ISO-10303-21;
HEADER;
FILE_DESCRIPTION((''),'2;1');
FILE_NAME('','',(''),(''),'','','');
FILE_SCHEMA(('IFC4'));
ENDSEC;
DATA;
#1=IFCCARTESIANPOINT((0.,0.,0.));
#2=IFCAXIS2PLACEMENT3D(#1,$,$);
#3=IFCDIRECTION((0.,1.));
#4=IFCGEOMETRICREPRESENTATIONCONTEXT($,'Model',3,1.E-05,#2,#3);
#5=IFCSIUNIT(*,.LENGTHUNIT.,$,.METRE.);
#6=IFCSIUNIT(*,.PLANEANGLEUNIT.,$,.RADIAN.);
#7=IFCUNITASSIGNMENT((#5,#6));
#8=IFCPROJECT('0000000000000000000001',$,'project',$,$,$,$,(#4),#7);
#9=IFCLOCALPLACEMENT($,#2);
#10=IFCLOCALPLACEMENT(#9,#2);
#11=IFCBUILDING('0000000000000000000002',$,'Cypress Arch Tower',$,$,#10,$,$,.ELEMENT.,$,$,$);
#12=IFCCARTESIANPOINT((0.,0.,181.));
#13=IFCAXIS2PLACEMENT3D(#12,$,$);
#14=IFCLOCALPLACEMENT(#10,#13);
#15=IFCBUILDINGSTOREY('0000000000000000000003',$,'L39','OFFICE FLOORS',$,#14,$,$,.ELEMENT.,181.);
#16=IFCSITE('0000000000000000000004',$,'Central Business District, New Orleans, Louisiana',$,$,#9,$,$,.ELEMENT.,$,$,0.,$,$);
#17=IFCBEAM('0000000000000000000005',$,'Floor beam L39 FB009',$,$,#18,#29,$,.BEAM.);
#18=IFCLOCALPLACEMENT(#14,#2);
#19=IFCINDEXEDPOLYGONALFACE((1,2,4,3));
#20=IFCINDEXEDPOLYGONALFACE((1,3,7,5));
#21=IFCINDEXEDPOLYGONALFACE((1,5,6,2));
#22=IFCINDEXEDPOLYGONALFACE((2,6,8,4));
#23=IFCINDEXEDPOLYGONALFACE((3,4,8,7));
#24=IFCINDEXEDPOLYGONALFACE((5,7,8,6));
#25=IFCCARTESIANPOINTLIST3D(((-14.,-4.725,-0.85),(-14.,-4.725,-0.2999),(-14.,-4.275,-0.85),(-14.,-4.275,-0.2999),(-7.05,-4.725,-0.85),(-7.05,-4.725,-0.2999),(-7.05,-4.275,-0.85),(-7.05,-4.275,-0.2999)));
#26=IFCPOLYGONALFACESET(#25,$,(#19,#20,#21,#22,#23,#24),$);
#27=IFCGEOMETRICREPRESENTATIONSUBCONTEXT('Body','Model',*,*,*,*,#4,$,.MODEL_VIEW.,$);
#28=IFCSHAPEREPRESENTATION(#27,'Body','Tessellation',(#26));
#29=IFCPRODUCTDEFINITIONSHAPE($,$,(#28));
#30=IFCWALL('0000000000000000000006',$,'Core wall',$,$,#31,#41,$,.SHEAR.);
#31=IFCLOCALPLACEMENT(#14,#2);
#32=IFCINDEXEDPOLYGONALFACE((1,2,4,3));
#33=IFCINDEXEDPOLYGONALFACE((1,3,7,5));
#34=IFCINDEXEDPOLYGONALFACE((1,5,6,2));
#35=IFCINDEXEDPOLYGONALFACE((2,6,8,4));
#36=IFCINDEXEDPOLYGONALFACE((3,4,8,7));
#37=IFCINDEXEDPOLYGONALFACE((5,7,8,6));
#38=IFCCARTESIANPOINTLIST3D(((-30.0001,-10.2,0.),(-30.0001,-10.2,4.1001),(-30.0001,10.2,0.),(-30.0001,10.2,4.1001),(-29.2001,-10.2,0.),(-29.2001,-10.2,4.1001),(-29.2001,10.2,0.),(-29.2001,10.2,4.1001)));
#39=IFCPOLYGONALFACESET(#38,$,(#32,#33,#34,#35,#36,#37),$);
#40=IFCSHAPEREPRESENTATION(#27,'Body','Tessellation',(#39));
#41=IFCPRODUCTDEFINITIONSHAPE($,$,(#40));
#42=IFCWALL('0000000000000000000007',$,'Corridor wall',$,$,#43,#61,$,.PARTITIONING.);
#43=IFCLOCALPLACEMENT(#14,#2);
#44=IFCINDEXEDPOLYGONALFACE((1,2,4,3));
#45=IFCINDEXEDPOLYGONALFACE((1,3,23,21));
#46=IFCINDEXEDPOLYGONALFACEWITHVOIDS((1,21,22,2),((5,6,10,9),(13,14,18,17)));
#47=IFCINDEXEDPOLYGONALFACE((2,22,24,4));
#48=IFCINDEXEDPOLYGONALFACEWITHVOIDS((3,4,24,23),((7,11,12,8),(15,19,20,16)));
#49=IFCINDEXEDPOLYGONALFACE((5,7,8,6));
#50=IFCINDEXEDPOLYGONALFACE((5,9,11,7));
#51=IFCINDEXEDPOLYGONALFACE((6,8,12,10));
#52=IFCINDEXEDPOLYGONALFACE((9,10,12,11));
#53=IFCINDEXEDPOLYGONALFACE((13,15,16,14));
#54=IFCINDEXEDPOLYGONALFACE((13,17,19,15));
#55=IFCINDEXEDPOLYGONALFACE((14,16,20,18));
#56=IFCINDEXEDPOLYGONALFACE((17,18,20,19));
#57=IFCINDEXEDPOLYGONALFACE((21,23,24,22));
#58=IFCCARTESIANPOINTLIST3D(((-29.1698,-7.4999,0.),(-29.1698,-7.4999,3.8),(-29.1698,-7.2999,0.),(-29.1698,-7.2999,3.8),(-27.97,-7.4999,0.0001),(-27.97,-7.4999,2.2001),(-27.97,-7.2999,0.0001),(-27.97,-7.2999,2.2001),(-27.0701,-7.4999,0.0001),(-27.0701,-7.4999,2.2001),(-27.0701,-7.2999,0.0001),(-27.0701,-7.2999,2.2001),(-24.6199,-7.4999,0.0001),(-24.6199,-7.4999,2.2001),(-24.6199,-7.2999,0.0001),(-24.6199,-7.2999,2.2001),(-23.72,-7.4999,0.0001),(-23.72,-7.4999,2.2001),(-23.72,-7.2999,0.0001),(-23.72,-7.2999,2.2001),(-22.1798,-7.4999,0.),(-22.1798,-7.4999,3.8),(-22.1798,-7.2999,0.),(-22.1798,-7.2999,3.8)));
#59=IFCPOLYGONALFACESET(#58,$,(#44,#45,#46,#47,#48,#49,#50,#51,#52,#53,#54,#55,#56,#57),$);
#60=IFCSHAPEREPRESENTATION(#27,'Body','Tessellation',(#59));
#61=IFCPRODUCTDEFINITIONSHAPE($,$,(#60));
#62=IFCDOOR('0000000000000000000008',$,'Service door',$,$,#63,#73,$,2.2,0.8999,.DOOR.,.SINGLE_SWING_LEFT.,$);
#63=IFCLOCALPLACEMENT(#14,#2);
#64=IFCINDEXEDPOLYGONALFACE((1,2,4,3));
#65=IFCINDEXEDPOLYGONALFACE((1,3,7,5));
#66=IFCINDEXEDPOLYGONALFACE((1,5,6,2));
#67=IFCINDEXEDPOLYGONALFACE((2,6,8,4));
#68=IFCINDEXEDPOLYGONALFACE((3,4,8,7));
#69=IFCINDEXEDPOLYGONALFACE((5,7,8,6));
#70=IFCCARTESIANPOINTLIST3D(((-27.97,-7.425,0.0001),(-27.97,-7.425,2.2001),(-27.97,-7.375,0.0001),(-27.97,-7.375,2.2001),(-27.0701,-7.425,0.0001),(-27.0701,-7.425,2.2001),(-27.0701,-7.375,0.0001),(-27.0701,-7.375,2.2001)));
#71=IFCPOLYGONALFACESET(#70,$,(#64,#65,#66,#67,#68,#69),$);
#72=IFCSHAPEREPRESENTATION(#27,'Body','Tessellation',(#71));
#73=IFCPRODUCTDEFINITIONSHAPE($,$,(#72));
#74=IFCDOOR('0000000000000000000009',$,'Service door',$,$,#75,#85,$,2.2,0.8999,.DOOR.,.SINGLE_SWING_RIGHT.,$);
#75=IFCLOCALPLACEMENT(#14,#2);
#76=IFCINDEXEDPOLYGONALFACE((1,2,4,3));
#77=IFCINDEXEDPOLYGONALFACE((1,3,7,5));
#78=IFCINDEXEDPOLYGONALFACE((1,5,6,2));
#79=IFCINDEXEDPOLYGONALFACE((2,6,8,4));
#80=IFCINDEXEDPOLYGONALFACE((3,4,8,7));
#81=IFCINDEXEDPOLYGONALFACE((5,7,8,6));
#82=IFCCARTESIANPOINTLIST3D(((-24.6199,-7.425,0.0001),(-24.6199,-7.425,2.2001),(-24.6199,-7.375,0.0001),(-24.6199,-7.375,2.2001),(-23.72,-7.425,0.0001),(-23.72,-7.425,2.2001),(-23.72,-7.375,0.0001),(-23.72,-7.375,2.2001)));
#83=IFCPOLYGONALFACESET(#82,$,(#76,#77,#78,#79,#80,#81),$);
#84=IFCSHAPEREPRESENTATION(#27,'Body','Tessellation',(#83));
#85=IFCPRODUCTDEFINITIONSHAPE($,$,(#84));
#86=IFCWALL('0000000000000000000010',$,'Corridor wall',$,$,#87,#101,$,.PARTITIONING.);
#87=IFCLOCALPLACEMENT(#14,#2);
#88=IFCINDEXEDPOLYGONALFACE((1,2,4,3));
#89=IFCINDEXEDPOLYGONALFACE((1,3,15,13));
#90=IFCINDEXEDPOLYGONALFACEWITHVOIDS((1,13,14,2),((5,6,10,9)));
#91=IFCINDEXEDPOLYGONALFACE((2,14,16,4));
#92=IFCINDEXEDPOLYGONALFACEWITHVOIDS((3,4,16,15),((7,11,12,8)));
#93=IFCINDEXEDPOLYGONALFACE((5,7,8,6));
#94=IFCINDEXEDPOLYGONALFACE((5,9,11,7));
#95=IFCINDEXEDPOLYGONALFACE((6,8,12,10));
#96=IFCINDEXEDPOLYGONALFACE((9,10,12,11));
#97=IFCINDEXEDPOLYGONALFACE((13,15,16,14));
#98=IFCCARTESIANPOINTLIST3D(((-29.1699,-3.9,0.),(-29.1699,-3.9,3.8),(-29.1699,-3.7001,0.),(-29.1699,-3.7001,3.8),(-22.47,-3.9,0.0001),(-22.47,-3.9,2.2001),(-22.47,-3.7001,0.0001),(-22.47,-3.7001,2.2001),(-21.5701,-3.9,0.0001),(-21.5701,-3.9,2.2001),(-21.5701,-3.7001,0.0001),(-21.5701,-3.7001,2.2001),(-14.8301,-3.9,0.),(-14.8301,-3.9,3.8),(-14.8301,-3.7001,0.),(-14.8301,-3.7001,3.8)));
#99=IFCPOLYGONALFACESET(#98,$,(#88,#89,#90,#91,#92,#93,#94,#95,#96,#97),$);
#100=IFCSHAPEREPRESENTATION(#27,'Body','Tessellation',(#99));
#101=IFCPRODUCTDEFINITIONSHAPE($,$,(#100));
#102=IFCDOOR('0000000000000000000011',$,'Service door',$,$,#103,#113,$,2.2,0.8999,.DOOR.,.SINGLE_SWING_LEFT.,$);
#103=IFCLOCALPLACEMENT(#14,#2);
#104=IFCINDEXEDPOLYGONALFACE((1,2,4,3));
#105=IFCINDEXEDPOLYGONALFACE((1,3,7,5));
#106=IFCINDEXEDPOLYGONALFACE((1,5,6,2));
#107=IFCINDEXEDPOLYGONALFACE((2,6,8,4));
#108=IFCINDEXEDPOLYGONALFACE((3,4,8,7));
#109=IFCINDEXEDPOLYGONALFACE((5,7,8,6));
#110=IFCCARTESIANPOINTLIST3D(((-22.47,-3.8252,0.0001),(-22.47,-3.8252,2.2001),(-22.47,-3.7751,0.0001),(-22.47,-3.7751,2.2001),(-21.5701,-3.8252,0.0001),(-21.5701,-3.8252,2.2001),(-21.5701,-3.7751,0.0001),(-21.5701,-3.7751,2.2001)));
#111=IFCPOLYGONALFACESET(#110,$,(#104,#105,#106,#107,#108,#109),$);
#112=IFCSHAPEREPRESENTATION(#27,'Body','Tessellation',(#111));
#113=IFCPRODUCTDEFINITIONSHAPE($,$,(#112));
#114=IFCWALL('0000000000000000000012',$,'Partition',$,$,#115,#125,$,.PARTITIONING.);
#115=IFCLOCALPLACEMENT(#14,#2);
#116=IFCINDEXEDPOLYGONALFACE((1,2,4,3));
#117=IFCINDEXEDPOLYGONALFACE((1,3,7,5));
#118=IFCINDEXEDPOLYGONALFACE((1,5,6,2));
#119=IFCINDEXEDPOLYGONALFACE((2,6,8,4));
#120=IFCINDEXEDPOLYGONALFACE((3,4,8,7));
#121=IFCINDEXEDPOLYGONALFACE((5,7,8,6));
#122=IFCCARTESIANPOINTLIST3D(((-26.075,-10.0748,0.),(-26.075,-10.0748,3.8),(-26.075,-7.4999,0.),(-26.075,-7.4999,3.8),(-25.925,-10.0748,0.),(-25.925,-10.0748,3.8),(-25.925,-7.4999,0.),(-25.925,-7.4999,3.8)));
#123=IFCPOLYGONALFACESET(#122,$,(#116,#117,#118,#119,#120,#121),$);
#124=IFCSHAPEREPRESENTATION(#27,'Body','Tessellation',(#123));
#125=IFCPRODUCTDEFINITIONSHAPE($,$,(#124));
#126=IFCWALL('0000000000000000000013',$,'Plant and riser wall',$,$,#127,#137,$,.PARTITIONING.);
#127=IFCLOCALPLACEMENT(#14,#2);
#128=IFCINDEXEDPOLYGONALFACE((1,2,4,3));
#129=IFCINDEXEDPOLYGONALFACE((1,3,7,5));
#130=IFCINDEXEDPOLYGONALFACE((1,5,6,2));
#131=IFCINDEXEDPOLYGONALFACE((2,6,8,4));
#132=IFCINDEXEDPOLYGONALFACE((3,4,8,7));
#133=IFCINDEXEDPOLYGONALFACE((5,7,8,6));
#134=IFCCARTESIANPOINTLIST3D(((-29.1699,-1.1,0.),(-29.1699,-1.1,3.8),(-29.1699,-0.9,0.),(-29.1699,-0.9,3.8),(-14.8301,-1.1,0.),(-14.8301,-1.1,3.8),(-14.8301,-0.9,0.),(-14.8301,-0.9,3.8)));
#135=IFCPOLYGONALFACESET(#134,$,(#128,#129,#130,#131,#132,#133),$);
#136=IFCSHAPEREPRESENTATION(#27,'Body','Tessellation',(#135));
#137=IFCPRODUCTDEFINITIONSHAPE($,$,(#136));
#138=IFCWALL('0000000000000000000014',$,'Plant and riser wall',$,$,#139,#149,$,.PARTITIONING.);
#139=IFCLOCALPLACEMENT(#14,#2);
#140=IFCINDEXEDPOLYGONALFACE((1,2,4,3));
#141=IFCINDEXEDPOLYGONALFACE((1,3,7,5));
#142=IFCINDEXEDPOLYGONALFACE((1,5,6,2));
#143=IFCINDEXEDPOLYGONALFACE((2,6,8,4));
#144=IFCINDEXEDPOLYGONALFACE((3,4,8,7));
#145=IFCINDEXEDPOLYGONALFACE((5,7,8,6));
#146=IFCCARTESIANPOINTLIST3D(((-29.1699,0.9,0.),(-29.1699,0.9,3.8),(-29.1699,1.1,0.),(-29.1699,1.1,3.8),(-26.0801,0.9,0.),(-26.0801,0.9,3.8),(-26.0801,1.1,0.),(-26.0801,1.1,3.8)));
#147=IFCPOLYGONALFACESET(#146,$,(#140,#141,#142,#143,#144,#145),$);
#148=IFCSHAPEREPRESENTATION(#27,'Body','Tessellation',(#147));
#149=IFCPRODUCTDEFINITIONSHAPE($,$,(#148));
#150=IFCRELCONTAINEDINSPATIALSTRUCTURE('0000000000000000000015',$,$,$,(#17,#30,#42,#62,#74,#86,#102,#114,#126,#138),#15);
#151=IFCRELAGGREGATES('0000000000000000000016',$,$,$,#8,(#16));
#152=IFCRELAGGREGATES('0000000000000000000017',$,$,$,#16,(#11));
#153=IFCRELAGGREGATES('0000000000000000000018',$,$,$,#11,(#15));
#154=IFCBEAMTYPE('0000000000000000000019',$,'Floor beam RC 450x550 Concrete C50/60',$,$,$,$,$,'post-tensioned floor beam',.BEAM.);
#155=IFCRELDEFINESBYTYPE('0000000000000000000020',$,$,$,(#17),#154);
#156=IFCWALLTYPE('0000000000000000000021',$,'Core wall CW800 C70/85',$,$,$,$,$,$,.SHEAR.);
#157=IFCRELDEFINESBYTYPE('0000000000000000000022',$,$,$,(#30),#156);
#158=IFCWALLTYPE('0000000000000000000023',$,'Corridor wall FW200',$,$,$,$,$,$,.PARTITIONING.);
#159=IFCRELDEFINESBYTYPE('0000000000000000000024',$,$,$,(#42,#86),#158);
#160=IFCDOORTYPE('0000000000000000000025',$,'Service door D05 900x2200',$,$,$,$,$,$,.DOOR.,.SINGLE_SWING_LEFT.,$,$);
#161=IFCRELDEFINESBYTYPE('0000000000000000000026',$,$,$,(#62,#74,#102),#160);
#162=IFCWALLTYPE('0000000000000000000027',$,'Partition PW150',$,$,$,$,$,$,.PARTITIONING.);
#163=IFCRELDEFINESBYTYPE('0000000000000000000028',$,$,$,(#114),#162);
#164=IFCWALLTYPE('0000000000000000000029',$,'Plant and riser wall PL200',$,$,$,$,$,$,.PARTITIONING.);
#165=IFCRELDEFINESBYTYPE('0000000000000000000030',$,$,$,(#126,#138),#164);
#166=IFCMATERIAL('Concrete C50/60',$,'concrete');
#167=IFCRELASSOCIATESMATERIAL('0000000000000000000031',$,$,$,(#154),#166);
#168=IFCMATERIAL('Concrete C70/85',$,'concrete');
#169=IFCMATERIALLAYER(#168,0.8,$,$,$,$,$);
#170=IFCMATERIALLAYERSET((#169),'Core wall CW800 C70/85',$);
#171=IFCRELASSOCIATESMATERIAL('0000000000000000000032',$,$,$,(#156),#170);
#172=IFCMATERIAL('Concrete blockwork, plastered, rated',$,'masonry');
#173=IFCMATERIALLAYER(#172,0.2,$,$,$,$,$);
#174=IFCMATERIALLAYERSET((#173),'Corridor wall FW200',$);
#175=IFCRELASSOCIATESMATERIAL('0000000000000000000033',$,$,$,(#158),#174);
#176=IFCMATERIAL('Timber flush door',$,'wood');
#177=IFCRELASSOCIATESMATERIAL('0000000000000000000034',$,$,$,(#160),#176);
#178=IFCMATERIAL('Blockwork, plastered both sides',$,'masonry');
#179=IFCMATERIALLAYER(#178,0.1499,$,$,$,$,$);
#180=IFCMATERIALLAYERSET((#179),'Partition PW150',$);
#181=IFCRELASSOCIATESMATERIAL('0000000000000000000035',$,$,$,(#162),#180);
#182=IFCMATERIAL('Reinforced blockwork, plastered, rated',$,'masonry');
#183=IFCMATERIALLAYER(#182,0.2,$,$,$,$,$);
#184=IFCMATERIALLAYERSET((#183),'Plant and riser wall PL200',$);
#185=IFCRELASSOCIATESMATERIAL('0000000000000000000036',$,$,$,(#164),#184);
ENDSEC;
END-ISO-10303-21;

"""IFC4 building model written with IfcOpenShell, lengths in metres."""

from ifc_helpers import new_model, si_unit, direction, frame, frame_2d, origin, origin_2d, place, context, subcontext, project, spatial, rectangle, extrude, material, layer, layer_set, material_profile, profile_set, type_object, element, fill, save


model = new_model("IFC4")

# Units and contexts
model_context = context("Model", 3, precision=1e-05, world=origin(), true_north=direction((0.0, 1.0)))
body_context = subcontext(model_context, "Body", "Model", "MODEL_VIEW")
ifc_project = project(units=[si_unit("LENGTHUNIT", "METRE"), si_unit("PLANEANGLEUNIT", "RADIAN")], contexts=[model_context])

# Site, building, storey
site_placement = place(None, origin())
site = spatial("IfcSite", under=ifc_project, at=site_placement, Name="Central Business District, New Orleans, Louisiana", CompositionType="ELEMENT", RefElevation=0.0)
building_placement = place(site_placement, origin())
building = spatial("IfcBuilding", under=site, at=building_placement, Name="Cypress Arch Tower", CompositionType="ELEMENT")
storey_placement = place(building_placement, frame((0.0, 0.0, 181.0)))
storey = spatial("IfcBuildingStorey", under=building, at=storey_placement, Name="L39", Description="OFFICE FLOORS", CompositionType="ELEMENT", Elevation=181.0)

# Beam
ifc_material_1 = material(Name="Concrete C50/60", Category="concrete")
ifc_material_profile = material_profile(ifc_material_1, rectangle(XDim=0.45, YDim=0.55, at=origin_2d()), Name="RC 450x550")
ifc_profile_set = profile_set([ifc_material_profile], Name="Concrete C50/60")
beam_type = type_object("IfcBeamType", Name="Floor beam RC 450x550 Concrete C50/60", ElementType="post-tensioned floor beam", PredefinedType="BEAM", material=ifc_profile_set)
beam_placement = place(storey_placement, frame((-14.0, -4.5, -0.575), z_axis=(1.0, 0.0, 0.0), x_axis=(0.0, 1.0, 0.0)))
element("IfcBeam", 1, at=beam_placement, inside=storey, type_object=beam_type, Name="Floor beam L39 FB009", PredefinedType="BEAM", context=body_context, shape_type="SweptSolid", body=[
    extrude(rectangle(XDim=0.45, YDim=0.55, at=origin_2d()), origin(), (0.0, 0.0, 1.0), 6.95),
])

# Wall
ifc_material_2 = material(Name="Concrete C70/85", Category="concrete")
ifc_layer_1 = layer(ifc_material_2, 0.8)
ifc_layer_set_1 = layer_set([ifc_layer_1], Name="Core wall CW800 C70/85")
wall_type_1 = type_object("IfcWallType", Name="Core wall CW800 C70/85", PredefinedType="SHEAR", material=ifc_layer_set_1)
wall_1_placement = place(storey_placement, frame((-29.6001, -10.2, 0.0), z_axis=(0.0, 0.0, 1.0), x_axis=(0.0, 1.0, 0.0)))
element("IfcWall", 2, at=wall_1_placement, inside=storey, type_object=wall_type_1, Name="Core wall", PredefinedType="SHEAR", context=body_context, shape_type="SweptSolid", body=[
    extrude(rectangle(XDim=20.3999, YDim=0.8, at=frame_2d((10.2, 0.0))), origin(), (0.0, 0.0, 1.0), 4.1001),
])

# Wall, openings, doors
ifc_material_3 = material(Name="Concrete blockwork, plastered, rated", Category="masonry")
ifc_layer_2 = layer(ifc_material_3, 0.2)
ifc_layer_set_2 = layer_set([ifc_layer_2], Name="Corridor wall FW200")
wall_type_2 = type_object("IfcWallType", Name="Corridor wall FW200", PredefinedType="PARTITIONING", material=ifc_layer_set_2)
wall_2_placement = place(storey_placement, frame((-29.1699, -7.3999, 0.0), z_axis=(0.0, 0.0, 1.0), x_axis=(1.0, 0.0, 0.0)))
wall_2 = element("IfcWall", 3, at=wall_2_placement, inside=storey, type_object=wall_type_2, Name="Corridor wall", PredefinedType="PARTITIONING", context=body_context, shape_type="SweptSolid", body=[
    extrude(rectangle(XDim=6.99, YDim=0.2, at=frame_2d((3.4951, 0.0))), origin(), (0.0, 0.0, 1.0), 3.8),
])
opening_1_placement = place(wall_2_placement, frame((1.2, 0.0, 0.0)))
opening_1 = element("IfcOpeningElement", 4, at=opening_1_placement, cuts=wall_2, PredefinedType="OPENING", context=body_context, shape_type="SweptSolid", body=[
    extrude(rectangle(XDim=0.8999, YDim=2.2, at=frame_2d((0.45, 1.1001))), frame((0.0, 0.1099, 0.0), z_axis=(0.0, -1.0, 0.0), x_axis=(1.0, 0.0, 0.0)), (0.0, 0.0, 1.0), 0.22),
])
opening_2_placement = place(wall_2_placement, frame((4.55, 0.0, 0.0)))
opening_2 = element("IfcOpeningElement", 5, at=opening_2_placement, cuts=wall_2, PredefinedType="OPENING", context=body_context, shape_type="SweptSolid", body=[
    extrude(rectangle(XDim=0.8999, YDim=2.2, at=frame_2d((0.45, 1.1001))), frame((0.0, 0.1099, 0.0), z_axis=(0.0, -1.0, 0.0), x_axis=(1.0, 0.0, 0.0)), (0.0, 0.0, 1.0), 0.22),
])
ifc_material_4 = material(Name="Timber flush door", Category="wood")
door_type_1 = type_object("IfcDoorType", Name="Service door D05 900x2200", OperationType="SINGLE_SWING_LEFT", PredefinedType="DOOR", material=ifc_material_4)
door_1_placement = place(opening_1_placement, origin())
door_1 = element("IfcDoor", 6, at=door_1_placement, inside=storey, type_object=door_type_1, Name="Service door", OperationType="SINGLE_SWING_LEFT", OverallHeight=2.2, OverallWidth=0.8999, PredefinedType="DOOR", context=body_context, shape_type="SweptSolid", body=[
    extrude(rectangle(XDim=0.8999, YDim=2.2, at=frame_2d((0.45, 1.1001))), frame((0.0, 0.0249, 0.0), z_axis=(0.0, -1.0, 0.0), x_axis=(1.0, 0.0, 0.0)), (0.0, 0.0, 1.0), 0.05),
])
fill(opening_1, door_1)
door_2_placement = place(opening_2_placement, origin())
door_2 = element("IfcDoor", 7, at=door_2_placement, inside=storey, type_object=door_type_1, Name="Service door", OperationType="SINGLE_SWING_RIGHT", OverallHeight=2.2, OverallWidth=0.8999, PredefinedType="DOOR", context=body_context, shape_type="SweptSolid", body=[
    extrude(rectangle(XDim=0.8999, YDim=2.2, at=frame_2d((0.45, 1.1001))), frame((0.0, 0.0249, 0.0), z_axis=(0.0, -1.0, 0.0), x_axis=(1.0, 0.0, 0.0)), (0.0, 0.0, 1.0), 0.05),
])
fill(opening_2, door_2)

# Wall, opening, door
wall_3_placement = place(storey_placement, frame((-29.1699, -3.8, 0.0), z_axis=(0.0, 0.0, 1.0), x_axis=(1.0, 0.0, 0.0)))
wall_3 = element("IfcWall", 8, at=wall_3_placement, inside=storey, type_object=wall_type_2, Name="Corridor wall", PredefinedType="PARTITIONING", context=body_context, shape_type="SweptSolid", body=[
    extrude(rectangle(XDim=14.3398, YDim=0.2, at=frame_2d((7.1699, 0.0))), origin(), (0.0, 0.0, 1.0), 3.8),
])
opening_3_placement = place(wall_3_placement, frame((6.7, 0.0, 0.0)))
opening_3 = element("IfcOpeningElement", 9, at=opening_3_placement, cuts=wall_3, PredefinedType="OPENING", context=body_context, shape_type="SweptSolid", body=[
    extrude(rectangle(XDim=0.8999, YDim=2.2, at=frame_2d((0.45, 1.1001))), frame((0.0, 0.1099, 0.0), z_axis=(0.0, -1.0, 0.0), x_axis=(1.0, 0.0, 0.0)), (0.0, 0.0, 1.0), 0.22),
])
door_3_placement = place(opening_3_placement, origin())
door_3 = element("IfcDoor", 10, at=door_3_placement, inside=storey, type_object=door_type_1, Name="Service door", OperationType="SINGLE_SWING_LEFT", OverallHeight=2.2, OverallWidth=0.8999, PredefinedType="DOOR", context=body_context, shape_type="SweptSolid", body=[
    extrude(rectangle(XDim=0.8999, YDim=2.2, at=frame_2d((0.45, 1.1001))), frame((0.0, 0.0249, 0.0), z_axis=(0.0, -1.0, 0.0), x_axis=(1.0, 0.0, 0.0)), (0.0, 0.0, 1.0), 0.05),
])
fill(opening_3, door_3)

# Walls
ifc_material_5 = material(Name="Blockwork, plastered both sides", Category="masonry")
ifc_layer_3 = layer(ifc_material_5, 0.1499)
ifc_layer_set_3 = layer_set([ifc_layer_3], Name="Partition PW150")
wall_type_3 = type_object("IfcWallType", Name="Partition PW150", PredefinedType="PARTITIONING", material=ifc_layer_set_3)
wall_4_placement = place(storey_placement, frame((-26.0, -10.075, 0.0), z_axis=(0.0, 0.0, 1.0), x_axis=(0.0, 1.0, 0.0)))
element("IfcWall", 11, at=wall_4_placement, inside=storey, type_object=wall_type_3, Name="Partition", PredefinedType="PARTITIONING", context=body_context, shape_type="SweptSolid", body=[
    extrude(rectangle(XDim=2.575, YDim=0.1499, at=frame_2d((1.2876, 0.0))), origin(), (0.0, 0.0, 1.0), 3.8),
])
ifc_material_6 = material(Name="Reinforced blockwork, plastered, rated", Category="masonry")
ifc_layer_4 = layer(ifc_material_6, 0.2)
ifc_layer_set_4 = layer_set([ifc_layer_4], Name="Plant and riser wall PL200")
wall_type_4 = type_object("IfcWallType", Name="Plant and riser wall PL200", PredefinedType="PARTITIONING", material=ifc_layer_set_4)
wall_5_placement = place(storey_placement, frame((-29.1699, -1.0, 0.0), z_axis=(0.0, 0.0, 1.0), x_axis=(1.0, 0.0, 0.0)))
element("IfcWall", 12, at=wall_5_placement, inside=storey, type_object=wall_type_4, Name="Plant and riser wall", PredefinedType="PARTITIONING", context=body_context, shape_type="SweptSolid", body=[
    extrude(rectangle(XDim=14.3398, YDim=0.2, at=frame_2d((7.1699, 0.0))), origin(), (0.0, 0.0, 1.0), 3.8),
])
wall_6_placement = place(storey_placement, frame((-29.1699, 1.0, 0.0), z_axis=(0.0, 0.0, 1.0), x_axis=(1.0, 0.0, 0.0)))
element("IfcWall", 13, at=wall_6_placement, inside=storey, type_object=wall_type_4, Name="Plant and riser wall", PredefinedType="PARTITIONING", context=body_context, shape_type="SweptSolid", body=[
    extrude(rectangle(XDim=3.0898, YDim=0.2, at=frame_2d((1.5449, 0.0))), origin(), (0.0, 0.0, 1.0), 3.8),
])

save(model, "model.ifc")
